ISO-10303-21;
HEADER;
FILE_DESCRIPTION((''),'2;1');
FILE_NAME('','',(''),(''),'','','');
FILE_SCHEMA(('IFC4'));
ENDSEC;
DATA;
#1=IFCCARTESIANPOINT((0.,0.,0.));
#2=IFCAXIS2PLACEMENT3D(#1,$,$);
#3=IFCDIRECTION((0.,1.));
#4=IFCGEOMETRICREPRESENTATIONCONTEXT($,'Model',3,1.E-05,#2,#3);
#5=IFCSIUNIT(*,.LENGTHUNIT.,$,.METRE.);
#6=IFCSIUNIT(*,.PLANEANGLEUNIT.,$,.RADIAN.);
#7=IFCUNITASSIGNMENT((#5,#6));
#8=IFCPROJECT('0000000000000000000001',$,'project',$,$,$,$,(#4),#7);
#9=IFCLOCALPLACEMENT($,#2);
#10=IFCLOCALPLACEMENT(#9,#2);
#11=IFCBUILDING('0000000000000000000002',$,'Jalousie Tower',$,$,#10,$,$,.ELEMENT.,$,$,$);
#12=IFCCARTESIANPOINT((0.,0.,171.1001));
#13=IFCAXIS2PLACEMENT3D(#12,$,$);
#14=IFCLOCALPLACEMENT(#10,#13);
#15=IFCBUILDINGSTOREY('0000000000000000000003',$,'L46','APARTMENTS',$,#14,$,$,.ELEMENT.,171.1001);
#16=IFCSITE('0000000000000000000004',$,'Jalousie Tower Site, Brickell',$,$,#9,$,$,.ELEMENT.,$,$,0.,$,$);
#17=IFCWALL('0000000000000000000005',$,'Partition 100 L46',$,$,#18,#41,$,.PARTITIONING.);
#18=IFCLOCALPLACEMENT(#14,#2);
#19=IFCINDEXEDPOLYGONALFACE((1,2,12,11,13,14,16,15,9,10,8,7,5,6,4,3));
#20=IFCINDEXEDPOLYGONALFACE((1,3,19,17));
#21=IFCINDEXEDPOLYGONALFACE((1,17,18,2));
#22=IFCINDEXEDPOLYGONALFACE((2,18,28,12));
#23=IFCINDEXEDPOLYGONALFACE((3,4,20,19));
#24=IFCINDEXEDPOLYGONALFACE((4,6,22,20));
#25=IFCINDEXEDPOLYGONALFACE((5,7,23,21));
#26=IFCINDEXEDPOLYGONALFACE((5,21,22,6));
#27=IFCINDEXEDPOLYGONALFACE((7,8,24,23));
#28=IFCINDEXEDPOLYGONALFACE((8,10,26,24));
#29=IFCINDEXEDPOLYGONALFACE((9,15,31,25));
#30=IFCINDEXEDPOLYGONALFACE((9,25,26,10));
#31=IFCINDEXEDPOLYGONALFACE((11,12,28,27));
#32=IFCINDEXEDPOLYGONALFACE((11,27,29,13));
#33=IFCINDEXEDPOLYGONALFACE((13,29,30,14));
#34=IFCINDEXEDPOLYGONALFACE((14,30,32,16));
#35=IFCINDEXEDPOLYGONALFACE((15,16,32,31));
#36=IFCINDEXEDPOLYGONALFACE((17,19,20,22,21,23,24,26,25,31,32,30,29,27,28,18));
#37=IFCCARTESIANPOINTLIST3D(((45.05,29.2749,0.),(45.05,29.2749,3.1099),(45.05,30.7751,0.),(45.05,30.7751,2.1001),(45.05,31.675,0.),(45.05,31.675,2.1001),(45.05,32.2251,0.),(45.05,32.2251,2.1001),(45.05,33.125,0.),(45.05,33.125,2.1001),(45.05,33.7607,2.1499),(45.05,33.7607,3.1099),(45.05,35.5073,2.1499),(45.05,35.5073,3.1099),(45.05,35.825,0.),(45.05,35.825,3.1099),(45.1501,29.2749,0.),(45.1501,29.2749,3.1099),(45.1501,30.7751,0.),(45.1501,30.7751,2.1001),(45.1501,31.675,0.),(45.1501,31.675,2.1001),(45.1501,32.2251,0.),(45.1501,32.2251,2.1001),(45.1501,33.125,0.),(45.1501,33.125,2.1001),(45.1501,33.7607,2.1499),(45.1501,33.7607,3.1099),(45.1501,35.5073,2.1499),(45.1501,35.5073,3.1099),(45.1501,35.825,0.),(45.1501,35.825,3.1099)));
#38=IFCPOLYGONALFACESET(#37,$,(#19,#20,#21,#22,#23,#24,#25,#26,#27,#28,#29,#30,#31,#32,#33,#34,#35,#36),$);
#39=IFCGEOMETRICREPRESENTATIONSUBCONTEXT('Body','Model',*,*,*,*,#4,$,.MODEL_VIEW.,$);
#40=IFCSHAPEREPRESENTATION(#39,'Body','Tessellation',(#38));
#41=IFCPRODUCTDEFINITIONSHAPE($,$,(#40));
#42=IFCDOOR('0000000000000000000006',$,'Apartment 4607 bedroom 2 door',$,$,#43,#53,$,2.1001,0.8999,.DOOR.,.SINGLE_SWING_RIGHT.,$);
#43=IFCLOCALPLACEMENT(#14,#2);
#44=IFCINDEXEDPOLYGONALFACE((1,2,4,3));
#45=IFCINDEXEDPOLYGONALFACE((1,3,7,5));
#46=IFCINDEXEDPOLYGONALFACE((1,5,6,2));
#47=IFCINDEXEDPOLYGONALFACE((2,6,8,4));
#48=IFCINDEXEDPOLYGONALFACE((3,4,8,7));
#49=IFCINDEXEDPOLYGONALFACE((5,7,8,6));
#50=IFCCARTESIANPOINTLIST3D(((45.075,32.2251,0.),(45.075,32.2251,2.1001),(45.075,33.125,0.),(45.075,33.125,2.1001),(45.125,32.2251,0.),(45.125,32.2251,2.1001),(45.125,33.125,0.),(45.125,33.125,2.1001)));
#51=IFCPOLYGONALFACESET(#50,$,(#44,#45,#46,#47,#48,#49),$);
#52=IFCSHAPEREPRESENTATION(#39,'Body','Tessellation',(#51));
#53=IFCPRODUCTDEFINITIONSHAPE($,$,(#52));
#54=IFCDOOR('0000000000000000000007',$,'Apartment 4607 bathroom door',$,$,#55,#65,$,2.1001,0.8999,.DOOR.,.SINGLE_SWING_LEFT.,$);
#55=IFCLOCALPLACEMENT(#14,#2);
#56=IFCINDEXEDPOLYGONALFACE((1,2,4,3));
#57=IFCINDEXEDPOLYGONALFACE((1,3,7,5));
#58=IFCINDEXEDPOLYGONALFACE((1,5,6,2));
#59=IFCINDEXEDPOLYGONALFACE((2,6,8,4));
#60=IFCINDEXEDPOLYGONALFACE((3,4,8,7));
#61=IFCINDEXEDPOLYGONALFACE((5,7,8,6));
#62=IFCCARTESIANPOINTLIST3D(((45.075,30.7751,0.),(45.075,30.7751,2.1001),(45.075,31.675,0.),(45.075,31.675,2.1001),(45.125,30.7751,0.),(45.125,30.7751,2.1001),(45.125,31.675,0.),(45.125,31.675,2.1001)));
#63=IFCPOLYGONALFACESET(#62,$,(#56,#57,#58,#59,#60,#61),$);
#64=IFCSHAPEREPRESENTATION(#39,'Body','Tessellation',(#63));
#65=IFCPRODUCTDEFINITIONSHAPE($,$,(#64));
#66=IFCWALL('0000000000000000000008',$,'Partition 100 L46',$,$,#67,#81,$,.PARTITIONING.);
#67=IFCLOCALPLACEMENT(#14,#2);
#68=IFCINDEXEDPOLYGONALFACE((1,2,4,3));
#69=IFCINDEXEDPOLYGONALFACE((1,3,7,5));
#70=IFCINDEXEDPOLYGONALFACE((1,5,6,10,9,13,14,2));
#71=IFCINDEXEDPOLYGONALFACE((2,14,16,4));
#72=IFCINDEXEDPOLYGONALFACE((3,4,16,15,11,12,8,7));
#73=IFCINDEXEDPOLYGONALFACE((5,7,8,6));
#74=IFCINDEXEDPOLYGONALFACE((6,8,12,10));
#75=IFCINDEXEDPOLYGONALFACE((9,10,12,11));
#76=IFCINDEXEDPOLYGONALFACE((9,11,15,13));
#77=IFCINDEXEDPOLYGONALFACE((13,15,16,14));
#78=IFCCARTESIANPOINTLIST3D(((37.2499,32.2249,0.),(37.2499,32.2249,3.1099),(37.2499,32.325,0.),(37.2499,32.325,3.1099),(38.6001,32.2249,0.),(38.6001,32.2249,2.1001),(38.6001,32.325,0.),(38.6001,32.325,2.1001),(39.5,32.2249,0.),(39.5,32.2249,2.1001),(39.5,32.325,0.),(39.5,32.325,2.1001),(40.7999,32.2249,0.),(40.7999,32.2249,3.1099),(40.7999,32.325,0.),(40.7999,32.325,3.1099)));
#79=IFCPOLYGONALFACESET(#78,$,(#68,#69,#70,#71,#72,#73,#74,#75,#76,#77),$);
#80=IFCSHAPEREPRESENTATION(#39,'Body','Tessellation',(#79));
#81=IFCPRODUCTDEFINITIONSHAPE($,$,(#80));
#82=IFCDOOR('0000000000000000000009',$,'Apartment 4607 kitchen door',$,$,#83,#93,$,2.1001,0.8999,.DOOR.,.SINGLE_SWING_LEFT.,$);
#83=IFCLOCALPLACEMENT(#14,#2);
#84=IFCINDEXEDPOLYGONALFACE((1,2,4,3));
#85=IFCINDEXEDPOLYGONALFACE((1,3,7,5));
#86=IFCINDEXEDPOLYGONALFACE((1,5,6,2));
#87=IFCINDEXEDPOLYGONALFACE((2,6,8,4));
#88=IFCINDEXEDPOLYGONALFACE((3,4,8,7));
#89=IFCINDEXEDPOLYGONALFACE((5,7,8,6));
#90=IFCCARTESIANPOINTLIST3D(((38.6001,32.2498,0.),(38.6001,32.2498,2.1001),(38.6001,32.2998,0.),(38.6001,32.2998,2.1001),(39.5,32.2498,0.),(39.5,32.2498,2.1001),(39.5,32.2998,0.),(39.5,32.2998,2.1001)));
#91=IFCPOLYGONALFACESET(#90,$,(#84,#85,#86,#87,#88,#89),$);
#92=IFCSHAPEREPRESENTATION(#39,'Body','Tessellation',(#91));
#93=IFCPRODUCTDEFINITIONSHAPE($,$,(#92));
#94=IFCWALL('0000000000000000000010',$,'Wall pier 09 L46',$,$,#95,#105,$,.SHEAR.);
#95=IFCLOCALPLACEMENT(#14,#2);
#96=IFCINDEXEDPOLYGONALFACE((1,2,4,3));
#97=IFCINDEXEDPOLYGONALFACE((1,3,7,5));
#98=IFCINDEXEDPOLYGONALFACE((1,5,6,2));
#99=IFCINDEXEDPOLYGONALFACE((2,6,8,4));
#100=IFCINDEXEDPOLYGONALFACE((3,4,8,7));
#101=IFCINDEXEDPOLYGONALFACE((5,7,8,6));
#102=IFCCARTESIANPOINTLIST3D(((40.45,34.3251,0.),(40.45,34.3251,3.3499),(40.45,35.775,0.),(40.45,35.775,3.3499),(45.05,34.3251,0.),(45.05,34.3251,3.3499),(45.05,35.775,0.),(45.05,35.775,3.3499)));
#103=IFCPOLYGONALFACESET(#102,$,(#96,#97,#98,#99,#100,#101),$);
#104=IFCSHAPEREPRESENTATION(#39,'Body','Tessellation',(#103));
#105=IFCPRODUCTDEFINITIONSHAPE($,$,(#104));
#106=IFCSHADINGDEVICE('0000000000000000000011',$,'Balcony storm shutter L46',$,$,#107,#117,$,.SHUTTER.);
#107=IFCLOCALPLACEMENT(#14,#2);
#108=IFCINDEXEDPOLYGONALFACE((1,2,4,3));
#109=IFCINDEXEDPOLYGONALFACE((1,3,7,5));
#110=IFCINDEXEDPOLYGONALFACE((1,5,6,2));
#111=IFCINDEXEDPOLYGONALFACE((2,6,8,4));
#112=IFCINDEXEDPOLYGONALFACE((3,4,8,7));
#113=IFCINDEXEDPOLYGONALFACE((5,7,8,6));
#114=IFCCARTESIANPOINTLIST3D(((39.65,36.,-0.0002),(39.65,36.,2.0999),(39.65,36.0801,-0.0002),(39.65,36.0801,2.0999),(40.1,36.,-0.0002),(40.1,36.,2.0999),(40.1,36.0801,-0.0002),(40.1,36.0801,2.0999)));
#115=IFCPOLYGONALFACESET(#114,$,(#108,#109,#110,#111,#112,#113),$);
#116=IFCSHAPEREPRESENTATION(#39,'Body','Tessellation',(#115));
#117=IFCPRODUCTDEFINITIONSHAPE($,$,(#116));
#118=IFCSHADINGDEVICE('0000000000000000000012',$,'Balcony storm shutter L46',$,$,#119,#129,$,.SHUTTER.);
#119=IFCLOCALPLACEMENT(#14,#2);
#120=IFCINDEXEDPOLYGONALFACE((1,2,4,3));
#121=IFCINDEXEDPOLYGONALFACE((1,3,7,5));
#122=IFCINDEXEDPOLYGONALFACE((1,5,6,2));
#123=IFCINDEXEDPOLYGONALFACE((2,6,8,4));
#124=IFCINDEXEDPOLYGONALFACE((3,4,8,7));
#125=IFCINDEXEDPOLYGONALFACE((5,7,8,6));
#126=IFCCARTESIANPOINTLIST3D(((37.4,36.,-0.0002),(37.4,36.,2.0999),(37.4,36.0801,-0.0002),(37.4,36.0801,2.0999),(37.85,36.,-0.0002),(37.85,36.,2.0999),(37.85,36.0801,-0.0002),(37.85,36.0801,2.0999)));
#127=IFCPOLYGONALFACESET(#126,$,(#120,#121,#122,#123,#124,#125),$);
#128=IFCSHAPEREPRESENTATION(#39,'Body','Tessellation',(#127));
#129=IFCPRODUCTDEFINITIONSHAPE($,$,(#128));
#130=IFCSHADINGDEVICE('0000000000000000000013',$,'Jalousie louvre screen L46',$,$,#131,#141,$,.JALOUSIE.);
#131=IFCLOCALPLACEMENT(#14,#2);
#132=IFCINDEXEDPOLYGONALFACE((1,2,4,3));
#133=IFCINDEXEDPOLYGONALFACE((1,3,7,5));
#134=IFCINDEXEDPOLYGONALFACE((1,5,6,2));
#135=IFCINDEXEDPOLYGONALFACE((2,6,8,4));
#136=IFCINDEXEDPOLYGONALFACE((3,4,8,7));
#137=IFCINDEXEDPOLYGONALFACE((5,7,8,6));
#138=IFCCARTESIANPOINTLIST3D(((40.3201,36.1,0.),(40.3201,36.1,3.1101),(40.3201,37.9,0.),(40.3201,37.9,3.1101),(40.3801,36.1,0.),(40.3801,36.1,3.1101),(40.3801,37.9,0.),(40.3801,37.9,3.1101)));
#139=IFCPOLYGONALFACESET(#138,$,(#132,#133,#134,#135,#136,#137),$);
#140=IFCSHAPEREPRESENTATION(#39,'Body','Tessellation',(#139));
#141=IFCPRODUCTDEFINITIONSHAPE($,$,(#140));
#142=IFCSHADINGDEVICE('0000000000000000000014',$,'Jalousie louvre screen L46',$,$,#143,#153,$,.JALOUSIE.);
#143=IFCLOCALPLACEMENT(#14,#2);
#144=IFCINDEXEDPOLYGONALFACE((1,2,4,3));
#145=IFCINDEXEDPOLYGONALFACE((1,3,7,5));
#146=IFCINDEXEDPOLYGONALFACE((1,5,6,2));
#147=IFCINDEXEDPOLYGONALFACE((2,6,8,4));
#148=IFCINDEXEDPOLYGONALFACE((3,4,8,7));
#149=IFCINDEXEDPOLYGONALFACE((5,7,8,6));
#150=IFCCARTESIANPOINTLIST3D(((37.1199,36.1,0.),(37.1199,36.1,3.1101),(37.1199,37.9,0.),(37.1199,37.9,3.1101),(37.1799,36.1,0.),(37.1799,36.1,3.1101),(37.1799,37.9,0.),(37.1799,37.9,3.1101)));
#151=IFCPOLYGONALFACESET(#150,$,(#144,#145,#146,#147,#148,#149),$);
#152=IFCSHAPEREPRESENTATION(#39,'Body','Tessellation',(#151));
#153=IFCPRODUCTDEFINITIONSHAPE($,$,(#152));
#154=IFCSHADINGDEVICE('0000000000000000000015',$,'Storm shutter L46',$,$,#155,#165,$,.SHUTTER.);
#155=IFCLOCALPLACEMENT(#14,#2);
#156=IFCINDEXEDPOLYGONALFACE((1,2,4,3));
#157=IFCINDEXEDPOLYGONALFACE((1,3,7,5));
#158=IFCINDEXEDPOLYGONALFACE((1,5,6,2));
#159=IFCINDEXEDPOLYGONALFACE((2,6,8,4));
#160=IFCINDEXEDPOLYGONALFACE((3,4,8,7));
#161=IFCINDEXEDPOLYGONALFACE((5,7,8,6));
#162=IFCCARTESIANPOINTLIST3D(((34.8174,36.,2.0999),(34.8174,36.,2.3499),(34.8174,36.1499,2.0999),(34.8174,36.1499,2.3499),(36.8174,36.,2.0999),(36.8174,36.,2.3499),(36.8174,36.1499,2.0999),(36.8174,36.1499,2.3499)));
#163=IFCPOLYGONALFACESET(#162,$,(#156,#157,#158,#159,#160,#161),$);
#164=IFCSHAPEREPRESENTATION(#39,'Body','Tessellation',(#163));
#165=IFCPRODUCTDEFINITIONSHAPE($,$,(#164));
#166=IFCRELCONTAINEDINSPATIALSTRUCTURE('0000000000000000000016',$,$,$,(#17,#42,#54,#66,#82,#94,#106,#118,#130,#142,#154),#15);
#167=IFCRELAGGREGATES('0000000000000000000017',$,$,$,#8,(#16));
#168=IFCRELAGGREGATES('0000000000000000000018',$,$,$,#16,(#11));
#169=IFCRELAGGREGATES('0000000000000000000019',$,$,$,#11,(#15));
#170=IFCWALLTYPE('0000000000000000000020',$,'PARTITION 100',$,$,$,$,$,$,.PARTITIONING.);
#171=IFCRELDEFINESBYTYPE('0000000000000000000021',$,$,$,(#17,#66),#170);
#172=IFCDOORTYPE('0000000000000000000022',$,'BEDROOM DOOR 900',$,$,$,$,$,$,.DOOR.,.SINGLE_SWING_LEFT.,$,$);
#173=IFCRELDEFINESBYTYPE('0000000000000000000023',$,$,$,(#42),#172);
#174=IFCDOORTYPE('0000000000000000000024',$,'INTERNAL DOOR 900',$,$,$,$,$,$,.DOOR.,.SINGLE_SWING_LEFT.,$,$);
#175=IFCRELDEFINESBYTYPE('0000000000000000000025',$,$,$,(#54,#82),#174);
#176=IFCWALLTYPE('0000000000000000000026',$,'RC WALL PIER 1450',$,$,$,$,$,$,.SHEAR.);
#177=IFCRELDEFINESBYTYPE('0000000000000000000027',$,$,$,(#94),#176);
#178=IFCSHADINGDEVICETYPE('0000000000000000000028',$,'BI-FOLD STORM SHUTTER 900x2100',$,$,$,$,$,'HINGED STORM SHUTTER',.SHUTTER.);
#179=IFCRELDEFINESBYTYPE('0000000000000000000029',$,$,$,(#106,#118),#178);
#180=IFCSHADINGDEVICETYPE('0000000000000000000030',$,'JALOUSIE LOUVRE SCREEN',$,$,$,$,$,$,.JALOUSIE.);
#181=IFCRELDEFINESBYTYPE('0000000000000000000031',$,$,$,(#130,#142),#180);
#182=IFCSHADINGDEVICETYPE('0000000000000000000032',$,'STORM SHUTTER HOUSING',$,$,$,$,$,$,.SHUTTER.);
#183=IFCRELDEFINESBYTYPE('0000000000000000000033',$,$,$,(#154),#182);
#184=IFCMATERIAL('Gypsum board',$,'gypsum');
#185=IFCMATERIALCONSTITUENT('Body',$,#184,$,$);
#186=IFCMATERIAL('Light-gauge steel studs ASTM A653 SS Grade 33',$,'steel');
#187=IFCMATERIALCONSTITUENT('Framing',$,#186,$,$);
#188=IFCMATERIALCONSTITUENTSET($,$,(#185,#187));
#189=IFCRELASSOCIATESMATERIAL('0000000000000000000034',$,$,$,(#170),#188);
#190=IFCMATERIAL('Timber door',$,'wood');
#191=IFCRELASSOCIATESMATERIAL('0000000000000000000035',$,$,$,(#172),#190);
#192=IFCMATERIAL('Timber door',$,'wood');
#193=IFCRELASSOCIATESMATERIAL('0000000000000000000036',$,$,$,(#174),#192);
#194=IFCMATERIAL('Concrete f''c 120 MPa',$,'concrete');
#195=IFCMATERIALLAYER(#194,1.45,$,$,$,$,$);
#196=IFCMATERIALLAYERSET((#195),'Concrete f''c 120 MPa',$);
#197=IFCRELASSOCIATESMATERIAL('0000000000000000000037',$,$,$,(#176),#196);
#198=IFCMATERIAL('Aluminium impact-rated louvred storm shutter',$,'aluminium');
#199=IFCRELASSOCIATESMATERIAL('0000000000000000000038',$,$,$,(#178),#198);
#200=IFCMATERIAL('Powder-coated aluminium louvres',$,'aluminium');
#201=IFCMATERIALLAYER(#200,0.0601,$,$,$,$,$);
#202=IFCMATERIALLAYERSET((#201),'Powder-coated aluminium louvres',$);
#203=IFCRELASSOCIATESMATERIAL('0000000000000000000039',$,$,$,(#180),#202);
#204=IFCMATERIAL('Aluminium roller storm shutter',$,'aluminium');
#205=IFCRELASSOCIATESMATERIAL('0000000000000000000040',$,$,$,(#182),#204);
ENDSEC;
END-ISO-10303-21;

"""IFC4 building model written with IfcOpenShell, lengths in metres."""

from ifc_helpers import new_model, si_unit, direction, frame, frame_2d, origin, origin_2d, place, context, subcontext, project, spatial, polyline, rectangle, outline, extrude, material, layer, layer_set, constituent, constituent_set, type_object, element, fill, save


model = new_model("IFC4")

# Units and contexts
model_context = context("Model", 3, precision=1e-05, world=origin(), true_north=direction((0.0, 1.0)))
body_context = subcontext(model_context, "Body", "Model", "MODEL_VIEW")
ifc_project = project(units=[si_unit("LENGTHUNIT", "METRE"), si_unit("PLANEANGLEUNIT", "RADIAN")], contexts=[model_context])

# Site, building, storey
site_placement = place(None, origin())
site = spatial("IfcSite", under=ifc_project, at=site_placement, Name="Jalousie Tower Site, Brickell", CompositionType="ELEMENT", RefElevation=0.0)
building_placement = place(site_placement, origin())
building = spatial("IfcBuilding", under=site, at=building_placement, Name="Jalousie Tower", CompositionType="ELEMENT")
storey_placement = place(building_placement, frame((0.0, 0.0, 171.1001)))
storey = spatial("IfcBuildingStorey", under=building, at=storey_placement, Name="L46", Description="APARTMENTS", CompositionType="ELEMENT", Elevation=171.1001)

# Shared definitions
ifc_material_1 = material(Name="Gypsum board", Category="gypsum")
ifc_constituent_1 = constituent(ifc_material_1, Name="Body")
ifc_material_2 = material(Name="Light-gauge steel studs ASTM A653 SS Grade 33", Category="steel")
ifc_constituent_2 = constituent(ifc_material_2, Name="Framing")
ifc_constituent_set = constituent_set(constituents=[ifc_constituent_1, ifc_constituent_2])
wall_type_1 = type_object("IfcWallType", Name="PARTITION 100", PredefinedType="PARTITIONING", material=ifc_constituent_set)
ifc_material_3 = material(Name="Timber door", Category="wood")
door_type_1 = type_object("IfcDoorType", Name="BEDROOM DOOR 900", OperationType="SINGLE_SWING_LEFT", PredefinedType="DOOR", material=ifc_material_3)

# Wall, openings, doors
wall_1_placement = place(storey_placement, frame((45.1001, 35.825, 0.0), z_axis=(0.0, 0.0, 1.0), x_axis=(0.0, -1.0, 0.0)))
wall_1 = element("IfcWall", 1, at=wall_1_placement, inside=storey, type_object=wall_type_1, Name="Partition 100 L46", PredefinedType="PARTITIONING", context=body_context, shape_type="SweptSolid", body=[
    extrude(outline(polyline([(0.0, 0.0), (6.55, 0.0), (6.55, 3.1099), (2.0642, 3.1099), (2.0642, 2.1499), (0.3176, 2.1499), (0.3176, 3.1099), (0.0, 3.1099), (0.0, 0.0)])), frame((0.0, 0.05, 0.0), z_axis=(0.0, -1.0, 0.0), x_axis=(1.0, 0.0, 0.0)), (0.0, 0.0, 1.0), 0.1001),
])
opening_1_placement = place(wall_1_placement, frame((2.7, 0.0, 0.0)))
opening_1 = element("IfcOpeningElement", 2, at=opening_1_placement, cuts=wall_1, PredefinedType="OPENING", context=body_context, shape_type="SweptSolid", body=[
    extrude(rectangle(XDim=0.8999, YDim=2.1001, at=frame_2d((0.45, 1.05))), frame((0.0, 0.0601, 0.0), z_axis=(0.0, -1.0, 0.0), x_axis=(1.0, 0.0, 0.0)), (0.0, 0.0, 1.0), 0.1201),
])
opening_2_placement = place(wall_1_placement, frame((4.1499, 0.0, 0.0)))
opening_2 = element("IfcOpeningElement", 3, at=opening_2_placement, cuts=wall_1, PredefinedType="OPENING", context=body_context, shape_type="SweptSolid", body=[
    extrude(rectangle(XDim=0.8999, YDim=2.1001, at=frame_2d((0.45, 1.05))), frame((0.0, 0.0601, 0.0), z_axis=(0.0, -1.0, 0.0), x_axis=(1.0, 0.0, 0.0)), (0.0, 0.0, 1.0), 0.1201),
])
door_1_placement = place(opening_1_placement, origin())
door_1 = element("IfcDoor", 4, at=door_1_placement, inside=storey, type_object=door_type_1, Name="Apartment 4607 bedroom 2 door", OperationType="SINGLE_SWING_RIGHT", OverallHeight=2.1001, OverallWidth=0.8999, PredefinedType="DOOR", context=body_context, shape_type="SweptSolid", body=[
    extrude(rectangle(XDim=0.8999, YDim=2.1001, at=frame_2d((0.45, 1.05))), frame((0.0, 0.0249, 0.0), z_axis=(0.0, -1.0, 0.0), x_axis=(1.0, 0.0, 0.0)), (0.0, 0.0, 1.0), 0.05),
])
fill(opening_1, door_1)
ifc_material_4 = material(Name="Timber door", Category="wood")
door_type_2 = type_object("IfcDoorType", Name="INTERNAL DOOR 900", OperationType="SINGLE_SWING_LEFT", PredefinedType="DOOR", material=ifc_material_4)
door_2_placement = place(opening_2_placement, origin())
door_2 = element("IfcDoor", 5, at=door_2_placement, inside=storey, type_object=door_type_2, Name="Apartment 4607 bathroom door", OperationType="SINGLE_SWING_LEFT", OverallHeight=2.1001, OverallWidth=0.8999, PredefinedType="DOOR", context=body_context, shape_type="SweptSolid", body=[
    extrude(rectangle(XDim=0.8999, YDim=2.1001, at=frame_2d((0.45, 1.05))), frame((0.0, 0.0249, 0.0), z_axis=(0.0, -1.0, 0.0), x_axis=(1.0, 0.0, 0.0)), (0.0, 0.0, 1.0), 0.05),
])
fill(opening_2, door_2)

# Wall, opening, door
wall_2_placement = place(storey_placement, frame((37.25, 32.2749, 0.0), z_axis=(0.0, 0.0, 1.0), x_axis=(1.0, 0.0, 0.0)))
wall_2 = element("IfcWall", 6, at=wall_2_placement, inside=storey, type_object=wall_type_1, Name="Partition 100 L46", PredefinedType="PARTITIONING", context=body_context, shape_type="SweptSolid", body=[
    extrude(rectangle(XDim=3.55, YDim=0.1001, at=frame_2d((1.7749, 0.0))), origin(), (0.0, 0.0, 1.0), 3.1099),
])
opening_3_placement = place(wall_2_placement, frame((1.3501, 0.0, 0.0)))
opening_3 = element("IfcOpeningElement", 7, at=opening_3_placement, cuts=wall_2, PredefinedType="OPENING", context=body_context, shape_type="SweptSolid", body=[
    extrude(rectangle(XDim=0.8999, YDim=2.1001, at=frame_2d((0.45, 1.05))), frame((0.0, 0.0601, 0.0), z_axis=(0.0, -1.0, 0.0), x_axis=(1.0, 0.0, 0.0)), (0.0, 0.0, 1.0), 0.1201),
])
door_3_placement = place(opening_3_placement, origin())
door_3 = element("IfcDoor", 8, at=door_3_placement, inside=storey, type_object=door_type_2, Name="Apartment 4607 kitchen door", OperationType="SINGLE_SWING_LEFT", OverallHeight=2.1001, OverallWidth=0.8999, PredefinedType="DOOR", context=body_context, shape_type="SweptSolid", body=[
    extrude(rectangle(XDim=0.8999, YDim=2.1001, at=frame_2d((0.45, 1.05))), frame((0.0, 0.0249, 0.0), z_axis=(0.0, -1.0, 0.0), x_axis=(1.0, 0.0, 0.0)), (0.0, 0.0, 1.0), 0.05),
])
fill(opening_3, door_3)

# Wall
ifc_material_5 = material(Name="Concrete f'c 120 MPa", Category="concrete")
ifc_layer_1 = layer(ifc_material_5, 1.45)
ifc_layer_set_1 = layer_set([ifc_layer_1], Name="Concrete f'c 120 MPa")
wall_type_2 = type_object("IfcWallType", Name="RC WALL PIER 1450", PredefinedType="SHEAR", material=ifc_layer_set_1)
wall_3_placement = place(storey_placement, frame((40.45, 35.05, 0.0), z_axis=(0.0, 0.0, 1.0), x_axis=(1.0, 0.0, 0.0)))
element("IfcWall", 9, at=wall_3_placement, inside=storey, type_object=wall_type_2, Name="Wall pier 09 L46", PredefinedType="SHEAR", context=body_context, shape_type="SweptSolid", body=[
    extrude(rectangle(XDim=4.6001, YDim=1.45, at=frame_2d((2.3, 0.0))), origin(), (0.0, 0.0, 1.0), 3.3499),
])

# Shading devices
ifc_material_6 = material(Name="Aluminium impact-rated louvred storm shutter", Category="aluminium")
shading_device_type_1 = type_object("IfcShadingDeviceType", Name="BI-FOLD STORM SHUTTER 900x2100", ElementType="HINGED STORM SHUTTER", PredefinedType="SHUTTER", material=ifc_material_6)
for number, where, z_axis, x_axis, name in (
    (10, (39.875, 36.04, -0.0002), (0.0, 0.0, 1.0), (-1.0, 0.0, 0.0), "Balcony storm shutter L46"),
    (11, (37.625, 36.04, -0.0002), (0.0, 0.0, 1.0), (-1.0, 0.0, 0.0), "Balcony storm shutter L46"),
):
    element("IfcShadingDevice", number, at=place(storey_placement, frame(where, z_axis=z_axis, x_axis=x_axis)), inside=storey, type_object=shading_device_type_1, Name=name, PredefinedType="SHUTTER", context=body_context, shape_type="SweptSolid", body=[
        extrude(rectangle(XDim=0.45, YDim=0.0801, at=origin_2d()), origin(), (0.0, 0.0, 1.0), 2.1001),
    ])

# Shading devices
ifc_material_7 = material(Name="Powder-coated aluminium louvres", Category="aluminium")
ifc_layer_2 = layer(ifc_material_7, 0.0601)
ifc_layer_set_2 = layer_set([ifc_layer_2], Name="Powder-coated aluminium louvres")
shading_device_type_2 = type_object("IfcShadingDeviceType", Name="JALOUSIE LOUVRE SCREEN", PredefinedType="JALOUSIE", material=ifc_layer_set_2)
for number, where, z_axis, x_axis, name in (
    (12, (40.3501, 37.0, 0.0), (0.0, 0.0, 1.0), (-1.0, 0.0, 0.0), "Jalousie louvre screen L46"),
    (13, (37.1499, 37.0, 0.0), (0.0, 0.0, 1.0), (-1.0, 0.0, 0.0), "Jalousie louvre screen L46"),
):
    element("IfcShadingDevice", number, at=place(storey_placement, frame(where, z_axis=z_axis, x_axis=x_axis)), inside=storey, type_object=shading_device_type_2, Name=name, PredefinedType="JALOUSIE", context=body_context, shape_type="SweptSolid", body=[
        extrude(rectangle(XDim=0.0601, YDim=1.8, at=origin_2d()), origin(), (0.0, 0.0, 1.0), 3.1101),
    ])
ifc_material_8 = material(Name="Aluminium roller storm shutter", Category="aluminium")
shading_device_type_3 = type_object("IfcShadingDeviceType", Name="STORM SHUTTER HOUSING", PredefinedType="SHUTTER", material=ifc_material_8)
shading_device_placement = place(storey_placement, frame((35.8174, 36.075, 2.0999), z_axis=(0.0, 0.0, 1.0), x_axis=(-1.0, 0.0, 0.0)))
element("IfcShadingDevice", 14, at=shading_device_placement, inside=storey, type_object=shading_device_type_3, Name="Storm shutter L46", PredefinedType="SHUTTER", context=body_context, shape_type="SweptSolid", body=[
    extrude(rectangle(XDim=2.0, YDim=0.1499, at=origin_2d()), origin(), (0.0, 0.0, 1.0), 0.25),
])

save(model, "model.ifc")
